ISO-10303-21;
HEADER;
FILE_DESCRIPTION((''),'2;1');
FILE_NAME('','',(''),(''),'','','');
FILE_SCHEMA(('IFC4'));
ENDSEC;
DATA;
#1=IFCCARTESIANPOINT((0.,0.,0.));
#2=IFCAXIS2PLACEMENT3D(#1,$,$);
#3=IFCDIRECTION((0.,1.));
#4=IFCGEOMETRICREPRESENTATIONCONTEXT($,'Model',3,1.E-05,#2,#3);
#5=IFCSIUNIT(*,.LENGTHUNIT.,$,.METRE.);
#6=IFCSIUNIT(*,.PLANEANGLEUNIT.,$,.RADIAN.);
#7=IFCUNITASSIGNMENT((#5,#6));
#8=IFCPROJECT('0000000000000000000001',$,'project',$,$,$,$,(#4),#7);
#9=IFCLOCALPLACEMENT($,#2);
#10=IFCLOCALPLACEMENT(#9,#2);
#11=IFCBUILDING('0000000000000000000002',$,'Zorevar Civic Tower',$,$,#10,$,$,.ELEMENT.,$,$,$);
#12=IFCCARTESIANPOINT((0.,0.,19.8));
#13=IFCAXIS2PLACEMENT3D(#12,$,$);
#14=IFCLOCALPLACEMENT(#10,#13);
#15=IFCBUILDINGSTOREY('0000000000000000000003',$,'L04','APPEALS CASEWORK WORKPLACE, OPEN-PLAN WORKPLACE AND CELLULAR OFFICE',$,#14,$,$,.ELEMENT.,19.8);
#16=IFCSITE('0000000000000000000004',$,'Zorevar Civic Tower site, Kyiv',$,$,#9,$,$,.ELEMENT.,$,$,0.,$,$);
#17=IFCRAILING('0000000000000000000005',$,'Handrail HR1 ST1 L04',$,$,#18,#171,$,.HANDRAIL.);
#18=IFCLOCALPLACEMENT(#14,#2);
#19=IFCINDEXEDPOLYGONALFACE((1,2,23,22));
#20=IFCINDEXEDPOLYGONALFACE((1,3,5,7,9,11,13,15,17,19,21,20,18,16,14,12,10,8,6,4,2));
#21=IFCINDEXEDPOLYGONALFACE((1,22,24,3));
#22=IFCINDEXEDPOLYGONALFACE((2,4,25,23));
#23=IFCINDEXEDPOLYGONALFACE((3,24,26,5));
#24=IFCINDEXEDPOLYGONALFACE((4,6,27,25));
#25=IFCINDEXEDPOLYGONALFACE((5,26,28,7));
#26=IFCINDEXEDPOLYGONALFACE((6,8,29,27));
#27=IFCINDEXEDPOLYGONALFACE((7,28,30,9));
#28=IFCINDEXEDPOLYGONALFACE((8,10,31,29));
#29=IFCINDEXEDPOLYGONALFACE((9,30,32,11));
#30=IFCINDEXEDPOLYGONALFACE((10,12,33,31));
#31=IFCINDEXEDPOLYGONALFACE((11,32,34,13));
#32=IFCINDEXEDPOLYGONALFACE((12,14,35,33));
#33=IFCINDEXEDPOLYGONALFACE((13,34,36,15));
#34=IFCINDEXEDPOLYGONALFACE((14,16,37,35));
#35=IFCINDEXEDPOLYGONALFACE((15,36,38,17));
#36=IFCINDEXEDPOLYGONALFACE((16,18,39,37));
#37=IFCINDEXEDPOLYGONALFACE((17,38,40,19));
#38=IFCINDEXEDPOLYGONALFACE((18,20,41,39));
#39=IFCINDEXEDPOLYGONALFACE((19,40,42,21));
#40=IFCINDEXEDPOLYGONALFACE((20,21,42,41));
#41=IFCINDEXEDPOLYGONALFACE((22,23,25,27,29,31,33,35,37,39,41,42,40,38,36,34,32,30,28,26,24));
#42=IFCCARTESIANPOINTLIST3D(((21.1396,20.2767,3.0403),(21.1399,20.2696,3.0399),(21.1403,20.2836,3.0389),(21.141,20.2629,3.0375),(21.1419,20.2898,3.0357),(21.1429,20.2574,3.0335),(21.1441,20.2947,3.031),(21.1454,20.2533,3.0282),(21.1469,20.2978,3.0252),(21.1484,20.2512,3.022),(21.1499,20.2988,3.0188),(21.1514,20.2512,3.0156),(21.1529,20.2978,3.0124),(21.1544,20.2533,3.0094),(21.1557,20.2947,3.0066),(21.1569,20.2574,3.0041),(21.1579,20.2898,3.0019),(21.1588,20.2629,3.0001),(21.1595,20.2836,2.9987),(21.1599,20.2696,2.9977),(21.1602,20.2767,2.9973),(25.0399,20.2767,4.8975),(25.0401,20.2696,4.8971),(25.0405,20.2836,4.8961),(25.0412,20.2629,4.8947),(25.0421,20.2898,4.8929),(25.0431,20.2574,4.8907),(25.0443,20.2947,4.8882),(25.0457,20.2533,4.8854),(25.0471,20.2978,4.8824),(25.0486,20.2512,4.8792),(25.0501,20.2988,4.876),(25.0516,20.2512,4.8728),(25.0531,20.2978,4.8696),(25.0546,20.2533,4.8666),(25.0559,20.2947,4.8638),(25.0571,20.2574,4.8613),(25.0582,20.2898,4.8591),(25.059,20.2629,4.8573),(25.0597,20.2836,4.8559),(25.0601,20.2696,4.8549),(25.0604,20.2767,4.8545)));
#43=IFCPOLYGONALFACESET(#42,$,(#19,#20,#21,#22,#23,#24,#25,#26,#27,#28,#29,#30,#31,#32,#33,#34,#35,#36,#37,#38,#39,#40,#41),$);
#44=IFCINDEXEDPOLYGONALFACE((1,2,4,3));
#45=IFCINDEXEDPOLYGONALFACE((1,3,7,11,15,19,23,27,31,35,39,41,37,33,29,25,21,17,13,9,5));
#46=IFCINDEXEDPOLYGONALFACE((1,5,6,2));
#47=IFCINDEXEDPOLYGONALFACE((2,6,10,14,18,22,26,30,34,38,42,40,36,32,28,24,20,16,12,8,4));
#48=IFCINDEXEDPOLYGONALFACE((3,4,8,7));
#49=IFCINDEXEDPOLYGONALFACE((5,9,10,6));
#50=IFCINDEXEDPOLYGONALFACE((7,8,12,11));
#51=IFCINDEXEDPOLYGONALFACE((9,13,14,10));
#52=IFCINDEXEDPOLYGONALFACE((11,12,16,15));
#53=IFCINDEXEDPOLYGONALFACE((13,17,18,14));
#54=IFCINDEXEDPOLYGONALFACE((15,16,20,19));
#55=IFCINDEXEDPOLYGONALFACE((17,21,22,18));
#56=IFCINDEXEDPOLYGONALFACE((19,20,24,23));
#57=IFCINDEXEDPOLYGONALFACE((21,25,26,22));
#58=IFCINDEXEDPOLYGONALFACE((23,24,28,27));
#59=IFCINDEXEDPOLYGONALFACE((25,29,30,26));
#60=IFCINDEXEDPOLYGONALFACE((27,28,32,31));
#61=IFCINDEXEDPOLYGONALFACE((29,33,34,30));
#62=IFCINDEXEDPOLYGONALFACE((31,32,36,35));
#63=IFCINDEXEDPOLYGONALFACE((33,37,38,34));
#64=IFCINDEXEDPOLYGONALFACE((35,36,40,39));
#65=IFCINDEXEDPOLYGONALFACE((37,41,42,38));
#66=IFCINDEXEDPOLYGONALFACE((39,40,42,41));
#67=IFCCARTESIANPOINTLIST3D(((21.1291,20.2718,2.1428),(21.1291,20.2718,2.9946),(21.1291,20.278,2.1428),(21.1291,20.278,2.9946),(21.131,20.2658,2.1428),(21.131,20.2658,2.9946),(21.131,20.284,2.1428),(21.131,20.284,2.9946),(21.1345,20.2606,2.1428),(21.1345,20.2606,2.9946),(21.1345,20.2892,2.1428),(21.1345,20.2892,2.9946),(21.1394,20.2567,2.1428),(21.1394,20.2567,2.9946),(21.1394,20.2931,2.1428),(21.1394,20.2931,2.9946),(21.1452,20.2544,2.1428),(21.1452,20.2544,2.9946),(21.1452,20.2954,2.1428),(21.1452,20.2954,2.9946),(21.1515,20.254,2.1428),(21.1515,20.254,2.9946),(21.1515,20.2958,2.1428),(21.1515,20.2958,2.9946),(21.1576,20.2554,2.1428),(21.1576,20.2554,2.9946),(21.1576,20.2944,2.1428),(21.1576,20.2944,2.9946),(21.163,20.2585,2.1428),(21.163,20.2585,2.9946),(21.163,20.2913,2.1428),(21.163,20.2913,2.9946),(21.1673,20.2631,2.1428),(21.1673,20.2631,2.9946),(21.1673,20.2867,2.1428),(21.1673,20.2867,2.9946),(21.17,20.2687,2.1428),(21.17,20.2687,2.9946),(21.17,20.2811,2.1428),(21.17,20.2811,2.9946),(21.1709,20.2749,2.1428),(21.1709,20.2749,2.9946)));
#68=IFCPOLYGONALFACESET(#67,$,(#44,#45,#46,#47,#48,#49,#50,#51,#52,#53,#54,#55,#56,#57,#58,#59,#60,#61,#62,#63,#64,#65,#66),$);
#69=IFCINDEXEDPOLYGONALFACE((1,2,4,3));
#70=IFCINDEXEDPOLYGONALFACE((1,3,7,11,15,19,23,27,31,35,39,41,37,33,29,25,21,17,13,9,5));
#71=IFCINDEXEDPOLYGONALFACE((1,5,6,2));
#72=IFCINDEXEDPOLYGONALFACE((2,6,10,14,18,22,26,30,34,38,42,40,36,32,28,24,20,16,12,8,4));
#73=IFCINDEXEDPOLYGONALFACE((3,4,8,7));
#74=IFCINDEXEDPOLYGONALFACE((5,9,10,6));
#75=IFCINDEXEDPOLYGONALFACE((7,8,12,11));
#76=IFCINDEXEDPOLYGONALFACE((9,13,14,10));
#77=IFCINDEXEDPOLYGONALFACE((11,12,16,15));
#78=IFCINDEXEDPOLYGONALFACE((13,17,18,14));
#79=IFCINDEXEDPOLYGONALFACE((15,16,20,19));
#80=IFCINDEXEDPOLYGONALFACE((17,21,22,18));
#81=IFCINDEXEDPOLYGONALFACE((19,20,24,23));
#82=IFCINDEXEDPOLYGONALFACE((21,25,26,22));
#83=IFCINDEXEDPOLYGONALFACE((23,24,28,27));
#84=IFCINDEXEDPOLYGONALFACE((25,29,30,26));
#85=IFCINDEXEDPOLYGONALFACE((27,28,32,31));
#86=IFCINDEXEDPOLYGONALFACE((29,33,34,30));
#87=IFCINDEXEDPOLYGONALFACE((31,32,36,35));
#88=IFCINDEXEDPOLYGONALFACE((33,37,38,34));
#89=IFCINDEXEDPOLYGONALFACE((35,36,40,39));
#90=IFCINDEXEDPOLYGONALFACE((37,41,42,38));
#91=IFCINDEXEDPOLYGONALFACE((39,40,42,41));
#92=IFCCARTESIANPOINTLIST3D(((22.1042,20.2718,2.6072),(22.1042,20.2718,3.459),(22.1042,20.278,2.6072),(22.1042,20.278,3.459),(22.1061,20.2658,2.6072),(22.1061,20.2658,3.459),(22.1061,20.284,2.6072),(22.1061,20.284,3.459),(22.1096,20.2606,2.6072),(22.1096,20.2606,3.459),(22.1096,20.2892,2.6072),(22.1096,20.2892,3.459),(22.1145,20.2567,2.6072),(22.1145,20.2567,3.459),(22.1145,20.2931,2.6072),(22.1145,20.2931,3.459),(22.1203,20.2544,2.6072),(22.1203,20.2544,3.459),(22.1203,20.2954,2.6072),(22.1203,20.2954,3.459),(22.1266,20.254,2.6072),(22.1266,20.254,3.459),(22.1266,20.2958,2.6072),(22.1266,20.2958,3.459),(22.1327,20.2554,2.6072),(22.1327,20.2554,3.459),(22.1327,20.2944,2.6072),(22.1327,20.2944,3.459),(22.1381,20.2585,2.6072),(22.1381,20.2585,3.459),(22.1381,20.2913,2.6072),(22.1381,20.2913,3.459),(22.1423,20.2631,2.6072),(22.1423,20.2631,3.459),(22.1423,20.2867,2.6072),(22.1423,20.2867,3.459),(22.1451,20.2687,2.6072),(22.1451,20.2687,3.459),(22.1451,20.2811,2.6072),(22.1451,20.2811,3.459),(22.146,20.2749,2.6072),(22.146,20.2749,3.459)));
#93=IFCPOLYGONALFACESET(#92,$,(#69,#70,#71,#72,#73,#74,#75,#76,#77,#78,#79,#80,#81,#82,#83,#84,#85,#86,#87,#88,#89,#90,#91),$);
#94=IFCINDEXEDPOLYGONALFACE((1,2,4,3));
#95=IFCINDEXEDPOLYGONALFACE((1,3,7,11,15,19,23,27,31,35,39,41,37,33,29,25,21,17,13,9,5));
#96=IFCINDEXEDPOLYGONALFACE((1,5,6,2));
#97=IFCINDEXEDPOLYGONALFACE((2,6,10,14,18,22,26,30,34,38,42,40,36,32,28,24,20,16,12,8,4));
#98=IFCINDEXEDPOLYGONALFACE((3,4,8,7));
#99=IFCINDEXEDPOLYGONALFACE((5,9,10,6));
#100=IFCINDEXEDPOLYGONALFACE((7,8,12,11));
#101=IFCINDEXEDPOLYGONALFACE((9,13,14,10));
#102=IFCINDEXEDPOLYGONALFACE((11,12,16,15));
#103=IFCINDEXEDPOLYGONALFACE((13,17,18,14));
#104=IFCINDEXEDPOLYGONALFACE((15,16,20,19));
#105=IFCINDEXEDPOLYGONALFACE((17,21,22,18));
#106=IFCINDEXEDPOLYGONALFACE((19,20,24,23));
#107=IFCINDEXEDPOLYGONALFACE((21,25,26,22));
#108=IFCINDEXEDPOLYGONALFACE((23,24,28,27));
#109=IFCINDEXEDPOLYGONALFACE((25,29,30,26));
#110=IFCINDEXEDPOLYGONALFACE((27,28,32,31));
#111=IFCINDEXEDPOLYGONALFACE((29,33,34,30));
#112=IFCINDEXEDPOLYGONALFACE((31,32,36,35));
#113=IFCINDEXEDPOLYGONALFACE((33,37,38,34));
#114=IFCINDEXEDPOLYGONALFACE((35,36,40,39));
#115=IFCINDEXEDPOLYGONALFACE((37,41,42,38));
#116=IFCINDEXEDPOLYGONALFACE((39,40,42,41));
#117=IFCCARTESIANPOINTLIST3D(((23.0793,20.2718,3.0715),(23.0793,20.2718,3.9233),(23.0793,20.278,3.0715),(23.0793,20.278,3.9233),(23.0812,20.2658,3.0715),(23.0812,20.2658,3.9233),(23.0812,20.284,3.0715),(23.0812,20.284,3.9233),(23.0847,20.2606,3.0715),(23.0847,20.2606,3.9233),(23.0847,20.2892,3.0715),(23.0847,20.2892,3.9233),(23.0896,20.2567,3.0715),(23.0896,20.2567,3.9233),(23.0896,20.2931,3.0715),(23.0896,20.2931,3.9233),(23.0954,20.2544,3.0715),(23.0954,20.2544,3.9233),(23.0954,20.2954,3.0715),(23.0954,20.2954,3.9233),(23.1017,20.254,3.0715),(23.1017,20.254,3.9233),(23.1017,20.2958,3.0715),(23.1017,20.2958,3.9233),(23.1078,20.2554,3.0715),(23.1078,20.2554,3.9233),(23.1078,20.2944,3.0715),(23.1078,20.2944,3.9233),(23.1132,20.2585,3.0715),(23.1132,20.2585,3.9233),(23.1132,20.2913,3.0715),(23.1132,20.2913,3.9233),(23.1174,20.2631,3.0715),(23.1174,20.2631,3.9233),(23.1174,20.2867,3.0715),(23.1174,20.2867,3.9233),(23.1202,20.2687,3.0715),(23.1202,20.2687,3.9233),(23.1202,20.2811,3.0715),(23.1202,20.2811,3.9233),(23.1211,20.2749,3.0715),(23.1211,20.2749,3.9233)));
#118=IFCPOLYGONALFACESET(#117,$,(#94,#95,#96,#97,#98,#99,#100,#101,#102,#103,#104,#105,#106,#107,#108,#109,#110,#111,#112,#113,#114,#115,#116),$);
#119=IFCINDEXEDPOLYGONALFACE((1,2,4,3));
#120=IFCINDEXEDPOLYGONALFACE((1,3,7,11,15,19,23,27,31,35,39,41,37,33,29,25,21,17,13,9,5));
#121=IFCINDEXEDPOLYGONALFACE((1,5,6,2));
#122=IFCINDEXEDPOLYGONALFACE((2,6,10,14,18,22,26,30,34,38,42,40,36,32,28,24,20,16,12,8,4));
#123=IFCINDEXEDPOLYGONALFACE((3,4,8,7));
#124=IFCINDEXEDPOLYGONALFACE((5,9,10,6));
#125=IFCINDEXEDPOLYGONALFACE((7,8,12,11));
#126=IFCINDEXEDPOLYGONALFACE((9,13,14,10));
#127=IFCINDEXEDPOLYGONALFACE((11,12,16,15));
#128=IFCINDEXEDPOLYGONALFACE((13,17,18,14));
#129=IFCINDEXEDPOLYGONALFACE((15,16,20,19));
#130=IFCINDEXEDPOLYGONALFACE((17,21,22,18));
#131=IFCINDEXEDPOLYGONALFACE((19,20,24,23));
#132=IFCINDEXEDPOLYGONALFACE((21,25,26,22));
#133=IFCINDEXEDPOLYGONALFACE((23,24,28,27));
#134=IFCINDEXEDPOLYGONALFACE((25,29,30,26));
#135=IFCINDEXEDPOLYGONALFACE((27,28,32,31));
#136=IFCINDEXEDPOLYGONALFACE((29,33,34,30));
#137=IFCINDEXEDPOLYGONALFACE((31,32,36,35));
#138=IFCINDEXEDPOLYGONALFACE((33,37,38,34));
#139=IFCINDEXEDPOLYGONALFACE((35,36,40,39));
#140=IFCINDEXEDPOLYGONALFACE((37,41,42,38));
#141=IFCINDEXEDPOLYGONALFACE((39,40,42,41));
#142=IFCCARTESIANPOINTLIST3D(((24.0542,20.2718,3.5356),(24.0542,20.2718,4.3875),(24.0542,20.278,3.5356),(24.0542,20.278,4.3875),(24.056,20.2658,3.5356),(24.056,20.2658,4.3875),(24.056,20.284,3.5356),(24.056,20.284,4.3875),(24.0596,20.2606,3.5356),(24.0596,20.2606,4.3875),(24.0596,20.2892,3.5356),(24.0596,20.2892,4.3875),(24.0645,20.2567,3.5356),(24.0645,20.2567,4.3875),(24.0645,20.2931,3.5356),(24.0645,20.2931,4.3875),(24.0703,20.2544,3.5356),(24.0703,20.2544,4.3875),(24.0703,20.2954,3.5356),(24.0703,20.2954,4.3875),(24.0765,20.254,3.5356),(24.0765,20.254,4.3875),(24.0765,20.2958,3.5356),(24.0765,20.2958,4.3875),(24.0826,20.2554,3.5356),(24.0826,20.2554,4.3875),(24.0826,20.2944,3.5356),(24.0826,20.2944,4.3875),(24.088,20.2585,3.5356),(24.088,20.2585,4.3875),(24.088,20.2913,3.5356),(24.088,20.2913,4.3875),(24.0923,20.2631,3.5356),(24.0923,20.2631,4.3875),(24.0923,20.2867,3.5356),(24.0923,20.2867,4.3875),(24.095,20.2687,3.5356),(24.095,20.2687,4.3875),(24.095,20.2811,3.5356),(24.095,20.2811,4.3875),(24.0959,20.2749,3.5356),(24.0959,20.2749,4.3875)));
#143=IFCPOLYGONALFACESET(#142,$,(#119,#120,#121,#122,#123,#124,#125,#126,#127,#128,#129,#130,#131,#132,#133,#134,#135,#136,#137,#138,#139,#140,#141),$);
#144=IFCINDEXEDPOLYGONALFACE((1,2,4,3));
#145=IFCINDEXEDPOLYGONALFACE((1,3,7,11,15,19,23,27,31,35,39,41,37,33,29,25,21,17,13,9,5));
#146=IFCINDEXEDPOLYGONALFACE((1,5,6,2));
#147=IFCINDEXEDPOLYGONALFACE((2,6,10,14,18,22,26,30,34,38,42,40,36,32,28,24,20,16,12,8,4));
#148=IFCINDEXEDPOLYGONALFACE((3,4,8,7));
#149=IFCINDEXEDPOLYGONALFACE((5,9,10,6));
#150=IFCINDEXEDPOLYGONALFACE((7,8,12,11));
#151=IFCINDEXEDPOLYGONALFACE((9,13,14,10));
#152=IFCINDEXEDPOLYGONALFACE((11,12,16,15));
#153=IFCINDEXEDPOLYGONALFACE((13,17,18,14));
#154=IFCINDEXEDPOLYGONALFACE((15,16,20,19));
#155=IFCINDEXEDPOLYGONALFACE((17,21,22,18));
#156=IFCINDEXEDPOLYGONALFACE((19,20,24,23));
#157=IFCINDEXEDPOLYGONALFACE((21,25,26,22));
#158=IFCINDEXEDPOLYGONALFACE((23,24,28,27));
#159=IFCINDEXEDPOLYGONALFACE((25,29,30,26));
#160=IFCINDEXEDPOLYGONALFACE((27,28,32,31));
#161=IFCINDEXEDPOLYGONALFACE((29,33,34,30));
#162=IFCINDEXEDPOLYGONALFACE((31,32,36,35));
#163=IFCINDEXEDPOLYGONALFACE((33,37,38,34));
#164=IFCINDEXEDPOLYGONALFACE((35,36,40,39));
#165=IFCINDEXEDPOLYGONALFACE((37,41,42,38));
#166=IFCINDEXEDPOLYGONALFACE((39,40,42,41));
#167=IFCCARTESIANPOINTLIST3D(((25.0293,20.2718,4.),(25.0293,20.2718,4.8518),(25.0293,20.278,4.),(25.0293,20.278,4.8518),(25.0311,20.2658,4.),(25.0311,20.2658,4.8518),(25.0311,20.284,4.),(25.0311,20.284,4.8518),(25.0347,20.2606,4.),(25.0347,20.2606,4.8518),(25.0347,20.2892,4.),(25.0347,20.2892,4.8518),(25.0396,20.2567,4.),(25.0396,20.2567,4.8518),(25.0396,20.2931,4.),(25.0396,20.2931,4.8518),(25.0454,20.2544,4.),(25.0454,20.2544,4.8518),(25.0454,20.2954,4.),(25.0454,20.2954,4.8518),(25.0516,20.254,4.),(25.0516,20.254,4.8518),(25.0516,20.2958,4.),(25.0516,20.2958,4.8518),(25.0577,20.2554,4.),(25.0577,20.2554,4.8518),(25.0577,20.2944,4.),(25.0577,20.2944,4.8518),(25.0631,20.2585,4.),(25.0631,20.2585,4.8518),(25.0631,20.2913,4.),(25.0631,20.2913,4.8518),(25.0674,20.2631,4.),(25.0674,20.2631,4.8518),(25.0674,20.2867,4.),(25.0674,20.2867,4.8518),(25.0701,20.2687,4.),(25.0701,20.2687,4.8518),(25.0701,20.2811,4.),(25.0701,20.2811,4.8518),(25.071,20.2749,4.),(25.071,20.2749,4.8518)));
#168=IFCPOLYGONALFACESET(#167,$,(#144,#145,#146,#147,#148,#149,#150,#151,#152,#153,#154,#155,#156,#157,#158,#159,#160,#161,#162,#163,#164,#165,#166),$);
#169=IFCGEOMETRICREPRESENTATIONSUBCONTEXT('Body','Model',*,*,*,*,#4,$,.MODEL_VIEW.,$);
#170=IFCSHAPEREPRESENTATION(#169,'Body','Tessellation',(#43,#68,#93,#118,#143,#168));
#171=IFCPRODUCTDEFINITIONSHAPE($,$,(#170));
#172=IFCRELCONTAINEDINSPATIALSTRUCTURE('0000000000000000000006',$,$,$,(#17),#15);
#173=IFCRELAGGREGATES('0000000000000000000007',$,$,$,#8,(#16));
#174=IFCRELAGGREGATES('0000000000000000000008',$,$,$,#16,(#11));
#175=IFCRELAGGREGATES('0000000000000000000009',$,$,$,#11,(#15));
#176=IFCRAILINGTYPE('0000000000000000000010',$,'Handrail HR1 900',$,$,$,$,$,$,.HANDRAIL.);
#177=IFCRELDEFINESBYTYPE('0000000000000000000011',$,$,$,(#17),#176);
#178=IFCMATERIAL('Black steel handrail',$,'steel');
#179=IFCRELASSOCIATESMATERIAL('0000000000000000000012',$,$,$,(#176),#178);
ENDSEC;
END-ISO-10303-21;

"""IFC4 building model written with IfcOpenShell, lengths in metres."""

from ifc_helpers import new_model, si_unit, direction, frame, origin, origin_2d, place, context, subcontext, project, spatial, circle, extrude, material, type_object, element, save


model = new_model("IFC4")

# Units and contexts
model_context = context("Model", 3, precision=1e-05, world=origin(), true_north=direction((0.0, 1.0)))
body_context = subcontext(model_context, "Body", "Model", "MODEL_VIEW")
ifc_project = project(units=[si_unit("LENGTHUNIT", "METRE"), si_unit("PLANEANGLEUNIT", "RADIAN")], contexts=[model_context])

# Site, building, storey
site_placement = place(None, origin())
site = spatial("IfcSite", under=ifc_project, at=site_placement, Name="Zorevar Civic Tower site, Kyiv", CompositionType="ELEMENT", RefElevation=0.0)
building_placement = place(site_placement, origin())
building = spatial("IfcBuilding", under=site, at=building_placement, Name="Zorevar Civic Tower", CompositionType="ELEMENT")
storey_placement = place(building_placement, frame((0.0, 0.0, 19.8)))
storey = spatial("IfcBuildingStorey", under=building, at=storey_placement, Name="L04", Description="APPEALS CASEWORK WORKPLACE, OPEN-PLAN WORKPLACE AND CELLULAR OFFICE", CompositionType="ELEMENT", Elevation=19.8)

# Railing
ifc_material_1 = material(Name="Black steel handrail", Category="steel")
railing_type = type_object("IfcRailingType", Name="Handrail HR1 900", PredefinedType="HANDRAIL", material=ifc_material_1)
railing_1_placement = place(storey_placement, frame((21.1499, 20.2749, 2.1428)))
element("IfcRailing", 1, at=railing_1_placement, inside=storey, type_object=railing_type, Name="Handrail HR1 ST1 L04", PredefinedType="HANDRAIL", context=body_context, shape_type="SweptSolid", body=[
    extrude(circle(Radius=0.0239, at=origin_2d()), frame((0.0, 0.0, 0.876), z_axis=(0.902864, 0.0, 0.429927), x_axis=(0.0, 1.0, 0.0)), (0.0, 0.0, 1.0), 4.3198),
    extrude(circle(Radius=0.021, at=origin_2d()), origin(), (0.0, 0.0, 1.0), 0.8518),
    extrude(circle(Radius=0.021, at=origin_2d()), frame((0.9751, 0.0, 0.4644)), (0.0, 0.0, 1.0), 0.8518),
    extrude(circle(Radius=0.021, at=origin_2d()), frame((1.9502, 0.0, 0.9287)), (0.0, 0.0, 1.0), 0.8518),
    extrude(circle(Radius=0.021, at=origin_2d()), frame((2.925, 0.0, 1.3928)), (0.0, 0.0, 1.0), 0.8518),
    extrude(circle(Radius=0.021, at=origin_2d()), frame((3.9001, 0.0, 1.8572)), (0.0, 0.0, 1.0), 0.8518),
])

save(model, "model.ifc")
